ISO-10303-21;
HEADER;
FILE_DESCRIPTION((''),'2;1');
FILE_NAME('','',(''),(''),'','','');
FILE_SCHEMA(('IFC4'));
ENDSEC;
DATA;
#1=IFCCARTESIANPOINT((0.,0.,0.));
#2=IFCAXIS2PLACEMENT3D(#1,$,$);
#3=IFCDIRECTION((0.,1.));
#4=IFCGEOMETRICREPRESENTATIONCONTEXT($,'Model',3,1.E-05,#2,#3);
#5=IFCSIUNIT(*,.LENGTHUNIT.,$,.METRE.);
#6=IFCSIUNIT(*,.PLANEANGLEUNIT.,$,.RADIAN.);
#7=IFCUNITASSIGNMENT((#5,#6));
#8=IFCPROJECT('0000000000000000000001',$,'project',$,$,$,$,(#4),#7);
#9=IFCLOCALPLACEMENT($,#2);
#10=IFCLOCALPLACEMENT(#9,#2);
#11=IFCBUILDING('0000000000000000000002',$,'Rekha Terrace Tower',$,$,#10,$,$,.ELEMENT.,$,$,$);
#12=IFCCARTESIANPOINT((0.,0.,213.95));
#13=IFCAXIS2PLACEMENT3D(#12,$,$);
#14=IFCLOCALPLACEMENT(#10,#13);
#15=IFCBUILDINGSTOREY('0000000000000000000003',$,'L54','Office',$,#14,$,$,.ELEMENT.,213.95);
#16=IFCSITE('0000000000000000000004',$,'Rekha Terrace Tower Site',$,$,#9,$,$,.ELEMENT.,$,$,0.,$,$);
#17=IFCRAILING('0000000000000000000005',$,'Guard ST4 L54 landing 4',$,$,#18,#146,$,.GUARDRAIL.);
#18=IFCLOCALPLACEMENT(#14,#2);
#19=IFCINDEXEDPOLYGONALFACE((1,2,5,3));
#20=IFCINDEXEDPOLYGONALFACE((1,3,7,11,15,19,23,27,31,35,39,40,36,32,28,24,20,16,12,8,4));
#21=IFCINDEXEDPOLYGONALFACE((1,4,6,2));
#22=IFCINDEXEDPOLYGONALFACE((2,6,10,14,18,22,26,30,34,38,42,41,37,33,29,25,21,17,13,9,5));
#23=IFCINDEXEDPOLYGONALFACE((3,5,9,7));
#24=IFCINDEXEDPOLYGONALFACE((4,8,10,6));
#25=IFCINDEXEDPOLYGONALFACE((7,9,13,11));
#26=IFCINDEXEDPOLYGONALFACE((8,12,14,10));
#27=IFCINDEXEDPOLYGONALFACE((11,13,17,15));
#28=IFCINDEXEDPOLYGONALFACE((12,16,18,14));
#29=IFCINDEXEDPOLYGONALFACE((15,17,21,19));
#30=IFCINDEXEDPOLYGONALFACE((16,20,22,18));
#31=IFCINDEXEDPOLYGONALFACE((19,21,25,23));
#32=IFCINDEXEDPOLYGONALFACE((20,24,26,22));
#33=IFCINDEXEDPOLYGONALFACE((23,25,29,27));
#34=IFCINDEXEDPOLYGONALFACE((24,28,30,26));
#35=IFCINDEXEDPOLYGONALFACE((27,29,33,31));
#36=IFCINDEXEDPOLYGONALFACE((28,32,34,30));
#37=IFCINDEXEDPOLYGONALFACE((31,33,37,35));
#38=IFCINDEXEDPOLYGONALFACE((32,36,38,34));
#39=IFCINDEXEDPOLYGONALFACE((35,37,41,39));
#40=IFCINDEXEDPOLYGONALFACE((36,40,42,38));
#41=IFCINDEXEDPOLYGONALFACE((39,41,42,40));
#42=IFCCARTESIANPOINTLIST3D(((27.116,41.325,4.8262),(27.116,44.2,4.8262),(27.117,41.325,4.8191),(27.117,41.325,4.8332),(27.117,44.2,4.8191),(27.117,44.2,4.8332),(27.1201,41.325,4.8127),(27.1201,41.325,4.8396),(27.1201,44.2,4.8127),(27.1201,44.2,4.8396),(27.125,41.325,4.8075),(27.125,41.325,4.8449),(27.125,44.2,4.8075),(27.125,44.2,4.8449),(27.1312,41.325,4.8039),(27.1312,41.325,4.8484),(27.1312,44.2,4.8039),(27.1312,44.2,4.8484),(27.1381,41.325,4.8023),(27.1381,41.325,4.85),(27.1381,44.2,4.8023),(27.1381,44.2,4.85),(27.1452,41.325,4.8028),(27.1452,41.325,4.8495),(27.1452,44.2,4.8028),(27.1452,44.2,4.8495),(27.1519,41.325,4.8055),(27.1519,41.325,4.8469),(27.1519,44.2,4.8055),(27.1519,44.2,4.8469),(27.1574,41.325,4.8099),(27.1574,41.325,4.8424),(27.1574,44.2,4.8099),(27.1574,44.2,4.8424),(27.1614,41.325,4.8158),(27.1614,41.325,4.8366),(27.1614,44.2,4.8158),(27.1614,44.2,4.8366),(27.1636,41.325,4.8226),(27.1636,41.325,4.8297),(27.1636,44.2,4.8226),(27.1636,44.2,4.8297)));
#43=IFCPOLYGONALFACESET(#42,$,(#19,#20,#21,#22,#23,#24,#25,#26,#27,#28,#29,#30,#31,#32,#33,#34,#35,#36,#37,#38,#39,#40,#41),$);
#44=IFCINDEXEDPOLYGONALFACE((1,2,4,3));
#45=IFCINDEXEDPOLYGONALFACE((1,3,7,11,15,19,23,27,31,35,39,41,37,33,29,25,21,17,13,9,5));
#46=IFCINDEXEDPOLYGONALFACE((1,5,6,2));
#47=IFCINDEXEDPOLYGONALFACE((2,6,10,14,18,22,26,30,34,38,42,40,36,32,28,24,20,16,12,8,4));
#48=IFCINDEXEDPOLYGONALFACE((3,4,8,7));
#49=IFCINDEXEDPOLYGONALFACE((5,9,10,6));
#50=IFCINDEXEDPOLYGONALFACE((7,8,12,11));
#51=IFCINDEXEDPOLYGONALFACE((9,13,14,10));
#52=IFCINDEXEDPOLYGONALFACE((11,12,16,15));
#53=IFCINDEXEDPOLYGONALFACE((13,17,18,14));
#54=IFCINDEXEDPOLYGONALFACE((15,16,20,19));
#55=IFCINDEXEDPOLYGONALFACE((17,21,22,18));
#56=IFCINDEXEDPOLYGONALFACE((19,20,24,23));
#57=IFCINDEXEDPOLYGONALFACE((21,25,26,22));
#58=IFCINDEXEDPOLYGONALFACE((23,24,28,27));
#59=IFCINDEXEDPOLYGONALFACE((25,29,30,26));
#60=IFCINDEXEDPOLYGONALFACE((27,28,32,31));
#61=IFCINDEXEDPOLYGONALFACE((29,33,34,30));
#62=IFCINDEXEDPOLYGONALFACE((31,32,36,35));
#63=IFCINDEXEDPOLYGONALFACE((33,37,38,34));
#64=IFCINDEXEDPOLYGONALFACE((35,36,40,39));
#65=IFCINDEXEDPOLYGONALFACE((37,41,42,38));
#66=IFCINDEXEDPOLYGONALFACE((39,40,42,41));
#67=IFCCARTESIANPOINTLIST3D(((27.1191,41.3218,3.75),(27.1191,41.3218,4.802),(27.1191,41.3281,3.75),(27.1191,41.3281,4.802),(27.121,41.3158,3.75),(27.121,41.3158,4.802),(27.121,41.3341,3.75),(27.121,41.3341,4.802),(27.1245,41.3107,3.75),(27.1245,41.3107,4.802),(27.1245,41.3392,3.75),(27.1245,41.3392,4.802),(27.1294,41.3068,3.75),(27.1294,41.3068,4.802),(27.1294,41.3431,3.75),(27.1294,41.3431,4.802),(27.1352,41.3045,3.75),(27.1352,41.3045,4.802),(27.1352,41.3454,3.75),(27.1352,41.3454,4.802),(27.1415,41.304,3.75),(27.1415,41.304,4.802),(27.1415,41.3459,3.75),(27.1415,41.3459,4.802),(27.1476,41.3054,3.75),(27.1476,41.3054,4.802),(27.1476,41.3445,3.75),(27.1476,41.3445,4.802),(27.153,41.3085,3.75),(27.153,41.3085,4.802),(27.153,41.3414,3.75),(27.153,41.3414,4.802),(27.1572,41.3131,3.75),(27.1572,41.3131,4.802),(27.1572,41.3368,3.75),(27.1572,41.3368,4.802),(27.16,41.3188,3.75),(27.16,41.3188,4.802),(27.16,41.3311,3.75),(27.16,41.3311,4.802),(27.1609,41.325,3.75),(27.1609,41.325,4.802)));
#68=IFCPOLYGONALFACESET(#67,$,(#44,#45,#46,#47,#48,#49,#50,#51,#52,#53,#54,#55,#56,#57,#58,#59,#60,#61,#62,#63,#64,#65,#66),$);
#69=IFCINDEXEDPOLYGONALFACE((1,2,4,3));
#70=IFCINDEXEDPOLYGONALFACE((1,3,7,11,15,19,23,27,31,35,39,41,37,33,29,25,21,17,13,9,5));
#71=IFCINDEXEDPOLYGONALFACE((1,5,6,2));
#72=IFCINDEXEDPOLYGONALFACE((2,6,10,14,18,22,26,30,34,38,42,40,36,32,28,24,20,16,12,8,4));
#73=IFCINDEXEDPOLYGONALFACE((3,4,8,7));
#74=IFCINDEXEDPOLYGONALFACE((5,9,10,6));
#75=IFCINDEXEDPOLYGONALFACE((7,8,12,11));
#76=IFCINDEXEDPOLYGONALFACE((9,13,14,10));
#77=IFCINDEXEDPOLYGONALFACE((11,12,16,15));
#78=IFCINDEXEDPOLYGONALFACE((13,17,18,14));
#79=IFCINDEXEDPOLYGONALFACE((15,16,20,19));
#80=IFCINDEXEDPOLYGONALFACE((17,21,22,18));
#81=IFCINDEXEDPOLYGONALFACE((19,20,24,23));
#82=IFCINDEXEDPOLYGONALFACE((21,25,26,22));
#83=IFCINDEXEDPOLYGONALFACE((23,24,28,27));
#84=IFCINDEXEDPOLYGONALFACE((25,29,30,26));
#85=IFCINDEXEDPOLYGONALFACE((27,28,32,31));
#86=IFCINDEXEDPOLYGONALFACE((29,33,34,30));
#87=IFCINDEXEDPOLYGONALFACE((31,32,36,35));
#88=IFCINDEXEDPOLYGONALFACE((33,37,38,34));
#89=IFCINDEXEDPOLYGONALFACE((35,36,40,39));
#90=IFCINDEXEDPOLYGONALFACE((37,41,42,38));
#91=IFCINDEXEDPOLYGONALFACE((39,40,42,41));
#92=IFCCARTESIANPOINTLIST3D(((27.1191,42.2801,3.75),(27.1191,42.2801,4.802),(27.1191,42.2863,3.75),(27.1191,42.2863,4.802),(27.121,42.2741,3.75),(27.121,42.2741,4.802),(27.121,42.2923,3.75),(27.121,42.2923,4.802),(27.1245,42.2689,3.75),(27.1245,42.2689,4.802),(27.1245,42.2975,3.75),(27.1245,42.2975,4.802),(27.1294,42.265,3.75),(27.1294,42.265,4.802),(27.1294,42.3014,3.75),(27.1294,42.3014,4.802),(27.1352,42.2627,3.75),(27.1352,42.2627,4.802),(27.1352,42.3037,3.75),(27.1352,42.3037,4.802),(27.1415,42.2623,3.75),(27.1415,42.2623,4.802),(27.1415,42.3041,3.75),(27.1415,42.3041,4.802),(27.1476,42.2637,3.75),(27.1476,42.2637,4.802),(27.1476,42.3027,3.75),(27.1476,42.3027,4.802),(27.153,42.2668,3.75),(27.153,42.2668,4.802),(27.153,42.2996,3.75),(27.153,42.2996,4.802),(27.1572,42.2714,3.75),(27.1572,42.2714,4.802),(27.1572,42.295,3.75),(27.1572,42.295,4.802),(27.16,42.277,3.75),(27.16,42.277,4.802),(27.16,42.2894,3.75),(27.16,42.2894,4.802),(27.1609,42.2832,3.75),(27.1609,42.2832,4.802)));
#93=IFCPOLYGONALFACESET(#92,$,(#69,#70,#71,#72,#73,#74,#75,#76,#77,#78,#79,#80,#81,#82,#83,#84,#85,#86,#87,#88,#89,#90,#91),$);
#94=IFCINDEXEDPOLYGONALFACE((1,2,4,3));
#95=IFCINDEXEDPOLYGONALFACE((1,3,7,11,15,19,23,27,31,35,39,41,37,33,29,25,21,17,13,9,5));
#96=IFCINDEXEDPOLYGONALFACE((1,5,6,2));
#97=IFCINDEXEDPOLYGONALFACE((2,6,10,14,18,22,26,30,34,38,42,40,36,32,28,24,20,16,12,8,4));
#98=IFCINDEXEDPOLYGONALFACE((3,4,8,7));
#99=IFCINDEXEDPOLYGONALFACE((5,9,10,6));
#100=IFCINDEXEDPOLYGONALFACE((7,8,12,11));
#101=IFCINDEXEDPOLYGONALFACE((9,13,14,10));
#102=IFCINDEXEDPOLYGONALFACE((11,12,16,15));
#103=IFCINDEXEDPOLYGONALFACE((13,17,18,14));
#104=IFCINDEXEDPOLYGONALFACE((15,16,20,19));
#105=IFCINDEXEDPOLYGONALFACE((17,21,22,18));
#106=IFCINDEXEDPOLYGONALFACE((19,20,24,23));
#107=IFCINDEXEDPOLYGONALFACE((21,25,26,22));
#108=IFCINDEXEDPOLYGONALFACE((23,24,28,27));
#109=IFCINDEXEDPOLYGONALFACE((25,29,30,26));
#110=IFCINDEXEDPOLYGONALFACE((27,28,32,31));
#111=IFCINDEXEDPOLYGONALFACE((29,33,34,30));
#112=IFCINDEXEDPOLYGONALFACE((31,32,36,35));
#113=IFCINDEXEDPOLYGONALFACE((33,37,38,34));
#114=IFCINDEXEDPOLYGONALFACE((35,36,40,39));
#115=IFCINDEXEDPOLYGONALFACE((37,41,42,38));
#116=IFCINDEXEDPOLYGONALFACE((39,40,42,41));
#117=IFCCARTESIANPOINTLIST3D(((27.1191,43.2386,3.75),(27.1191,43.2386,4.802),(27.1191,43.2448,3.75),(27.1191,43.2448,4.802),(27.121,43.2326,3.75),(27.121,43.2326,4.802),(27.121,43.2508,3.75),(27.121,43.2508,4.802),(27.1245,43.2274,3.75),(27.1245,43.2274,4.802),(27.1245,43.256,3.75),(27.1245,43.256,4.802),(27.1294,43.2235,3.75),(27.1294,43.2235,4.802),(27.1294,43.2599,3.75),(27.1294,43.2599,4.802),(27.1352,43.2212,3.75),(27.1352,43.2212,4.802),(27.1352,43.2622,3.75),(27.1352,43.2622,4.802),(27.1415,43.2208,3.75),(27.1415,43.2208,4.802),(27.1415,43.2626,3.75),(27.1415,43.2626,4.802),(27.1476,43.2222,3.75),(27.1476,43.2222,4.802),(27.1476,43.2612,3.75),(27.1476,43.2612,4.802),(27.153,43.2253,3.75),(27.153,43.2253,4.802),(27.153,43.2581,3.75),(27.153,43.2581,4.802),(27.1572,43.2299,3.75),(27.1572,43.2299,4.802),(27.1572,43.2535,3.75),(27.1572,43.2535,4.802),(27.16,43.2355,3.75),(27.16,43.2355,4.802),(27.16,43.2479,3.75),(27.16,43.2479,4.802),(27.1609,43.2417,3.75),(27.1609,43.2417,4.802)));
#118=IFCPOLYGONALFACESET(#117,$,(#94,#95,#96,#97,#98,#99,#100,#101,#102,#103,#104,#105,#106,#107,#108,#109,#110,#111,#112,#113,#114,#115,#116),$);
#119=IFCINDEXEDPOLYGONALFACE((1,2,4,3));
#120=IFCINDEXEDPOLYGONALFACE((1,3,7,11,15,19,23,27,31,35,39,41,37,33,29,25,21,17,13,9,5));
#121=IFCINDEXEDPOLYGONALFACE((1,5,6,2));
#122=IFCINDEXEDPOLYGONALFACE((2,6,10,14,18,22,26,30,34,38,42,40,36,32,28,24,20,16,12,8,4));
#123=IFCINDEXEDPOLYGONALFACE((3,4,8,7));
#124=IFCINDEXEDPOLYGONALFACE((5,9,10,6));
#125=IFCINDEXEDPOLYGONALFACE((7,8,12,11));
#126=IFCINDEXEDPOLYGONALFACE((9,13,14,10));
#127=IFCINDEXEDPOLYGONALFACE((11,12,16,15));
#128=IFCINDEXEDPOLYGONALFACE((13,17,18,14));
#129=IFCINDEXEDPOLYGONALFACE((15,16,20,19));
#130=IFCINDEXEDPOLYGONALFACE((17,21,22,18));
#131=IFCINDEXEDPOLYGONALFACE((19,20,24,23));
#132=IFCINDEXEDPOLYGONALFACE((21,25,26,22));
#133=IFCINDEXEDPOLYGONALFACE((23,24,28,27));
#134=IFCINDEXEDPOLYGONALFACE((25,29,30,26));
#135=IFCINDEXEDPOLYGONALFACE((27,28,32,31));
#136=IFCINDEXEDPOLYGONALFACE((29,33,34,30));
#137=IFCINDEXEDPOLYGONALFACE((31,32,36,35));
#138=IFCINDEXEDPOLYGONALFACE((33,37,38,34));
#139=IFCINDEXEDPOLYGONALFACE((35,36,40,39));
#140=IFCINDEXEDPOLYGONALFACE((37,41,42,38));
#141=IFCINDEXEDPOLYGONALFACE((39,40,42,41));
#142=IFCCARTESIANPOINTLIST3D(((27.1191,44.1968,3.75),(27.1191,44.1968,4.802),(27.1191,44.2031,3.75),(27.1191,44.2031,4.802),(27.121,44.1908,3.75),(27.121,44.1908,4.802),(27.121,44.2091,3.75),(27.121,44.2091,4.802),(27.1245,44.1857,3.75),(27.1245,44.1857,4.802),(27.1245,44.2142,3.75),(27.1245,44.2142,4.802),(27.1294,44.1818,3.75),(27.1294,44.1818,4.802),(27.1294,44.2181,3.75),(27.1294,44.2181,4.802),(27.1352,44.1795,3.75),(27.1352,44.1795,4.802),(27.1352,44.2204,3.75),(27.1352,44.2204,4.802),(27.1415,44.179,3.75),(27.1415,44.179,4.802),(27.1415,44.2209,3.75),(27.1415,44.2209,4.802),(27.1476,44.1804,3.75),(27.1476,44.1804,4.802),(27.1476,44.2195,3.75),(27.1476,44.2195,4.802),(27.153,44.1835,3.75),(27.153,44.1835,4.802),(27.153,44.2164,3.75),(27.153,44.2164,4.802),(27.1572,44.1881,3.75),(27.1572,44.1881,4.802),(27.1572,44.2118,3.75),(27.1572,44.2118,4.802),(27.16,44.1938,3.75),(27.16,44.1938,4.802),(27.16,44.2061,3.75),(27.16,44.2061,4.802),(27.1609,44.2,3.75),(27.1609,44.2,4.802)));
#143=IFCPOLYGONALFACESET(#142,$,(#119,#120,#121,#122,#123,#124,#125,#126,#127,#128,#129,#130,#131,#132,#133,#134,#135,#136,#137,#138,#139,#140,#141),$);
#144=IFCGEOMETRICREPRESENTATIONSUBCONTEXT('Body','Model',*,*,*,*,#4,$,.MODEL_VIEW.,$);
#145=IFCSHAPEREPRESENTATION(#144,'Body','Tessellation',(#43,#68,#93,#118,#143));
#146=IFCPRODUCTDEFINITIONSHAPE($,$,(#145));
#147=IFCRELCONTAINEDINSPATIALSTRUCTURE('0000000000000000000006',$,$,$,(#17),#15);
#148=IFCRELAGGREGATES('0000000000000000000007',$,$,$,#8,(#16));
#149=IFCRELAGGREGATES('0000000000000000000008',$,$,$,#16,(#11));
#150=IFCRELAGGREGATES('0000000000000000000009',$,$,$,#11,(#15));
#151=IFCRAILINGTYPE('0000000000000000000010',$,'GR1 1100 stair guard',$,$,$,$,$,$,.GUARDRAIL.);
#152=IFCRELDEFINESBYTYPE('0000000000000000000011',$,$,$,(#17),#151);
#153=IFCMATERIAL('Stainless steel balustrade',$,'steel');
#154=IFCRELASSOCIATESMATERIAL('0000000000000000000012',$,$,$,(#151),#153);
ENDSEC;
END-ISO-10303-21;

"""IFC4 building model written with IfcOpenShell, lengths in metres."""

from ifc_helpers import new_model, si_unit, direction, frame, origin, origin_2d, place, context, subcontext, project, spatial, circle, extrude, material, type_object, element, save


model = new_model("IFC4")

# Units and contexts
model_context = context("Model", 3, precision=1e-05, world=origin(), true_north=direction((0.0, 1.0)))
body_context = subcontext(model_context, "Body", "Model", "MODEL_VIEW")
ifc_project = project(units=[si_unit("LENGTHUNIT", "METRE"), si_unit("PLANEANGLEUNIT", "RADIAN")], contexts=[model_context])

# Site, building, storey
site_placement = place(None, origin())
site = spatial("IfcSite", under=ifc_project, at=site_placement, Name="Rekha Terrace Tower Site", CompositionType="ELEMENT", RefElevation=0.0)
building_placement = place(site_placement, origin())
building = spatial("IfcBuilding", under=site, at=building_placement, Name="Rekha Terrace Tower", CompositionType="ELEMENT")
storey_placement = place(building_placement, frame((0.0, 0.0, 213.95)))
storey = spatial("IfcBuildingStorey", under=building, at=storey_placement, Name="L54", Description="Office", CompositionType="ELEMENT", Elevation=213.95)

# Railing
ifc_material_1 = material(Name="Stainless steel balustrade", Category="steel")
railing_type_1 = type_object("IfcRailingType", Name="GR1 1100 stair guard", PredefinedType="GUARDRAIL", material=ifc_material_1)
railing_1_placement = place(storey_placement, frame((27.1399, 41.325, 3.75)))
element("IfcRailing", 1, at=railing_1_placement, inside=storey, type_object=railing_type_1, Name="Guard ST4 L54 landing 4", PredefinedType="GUARDRAIL", context=body_context, shape_type="SweptSolid", body=[
    extrude(circle(Radius=0.0239, at=origin_2d()), frame((0.0, 0.0, 1.0762), z_axis=(0.0, 1.0, 0.0), x_axis=(-1.0, 0.0, 0.0)), (0.0, 0.0, 1.0), 2.875),
    extrude(circle(Radius=0.021, at=origin_2d()), origin(), (0.0, 0.0, 1.0), 1.052),
    extrude(circle(Radius=0.021, at=origin_2d()), frame((0.0, 0.9583, 0.0)), (0.0, 0.0, 1.0), 1.052),
    extrude(circle(Radius=0.021, at=origin_2d()), frame((0.0, 1.9167, 0.0)), (0.0, 0.0, 1.0), 1.052),
    extrude(circle(Radius=0.021, at=origin_2d()), frame((0.0, 2.875, 0.0)), (0.0, 0.0, 1.0), 1.052),
])

save(model, "model.ifc")
